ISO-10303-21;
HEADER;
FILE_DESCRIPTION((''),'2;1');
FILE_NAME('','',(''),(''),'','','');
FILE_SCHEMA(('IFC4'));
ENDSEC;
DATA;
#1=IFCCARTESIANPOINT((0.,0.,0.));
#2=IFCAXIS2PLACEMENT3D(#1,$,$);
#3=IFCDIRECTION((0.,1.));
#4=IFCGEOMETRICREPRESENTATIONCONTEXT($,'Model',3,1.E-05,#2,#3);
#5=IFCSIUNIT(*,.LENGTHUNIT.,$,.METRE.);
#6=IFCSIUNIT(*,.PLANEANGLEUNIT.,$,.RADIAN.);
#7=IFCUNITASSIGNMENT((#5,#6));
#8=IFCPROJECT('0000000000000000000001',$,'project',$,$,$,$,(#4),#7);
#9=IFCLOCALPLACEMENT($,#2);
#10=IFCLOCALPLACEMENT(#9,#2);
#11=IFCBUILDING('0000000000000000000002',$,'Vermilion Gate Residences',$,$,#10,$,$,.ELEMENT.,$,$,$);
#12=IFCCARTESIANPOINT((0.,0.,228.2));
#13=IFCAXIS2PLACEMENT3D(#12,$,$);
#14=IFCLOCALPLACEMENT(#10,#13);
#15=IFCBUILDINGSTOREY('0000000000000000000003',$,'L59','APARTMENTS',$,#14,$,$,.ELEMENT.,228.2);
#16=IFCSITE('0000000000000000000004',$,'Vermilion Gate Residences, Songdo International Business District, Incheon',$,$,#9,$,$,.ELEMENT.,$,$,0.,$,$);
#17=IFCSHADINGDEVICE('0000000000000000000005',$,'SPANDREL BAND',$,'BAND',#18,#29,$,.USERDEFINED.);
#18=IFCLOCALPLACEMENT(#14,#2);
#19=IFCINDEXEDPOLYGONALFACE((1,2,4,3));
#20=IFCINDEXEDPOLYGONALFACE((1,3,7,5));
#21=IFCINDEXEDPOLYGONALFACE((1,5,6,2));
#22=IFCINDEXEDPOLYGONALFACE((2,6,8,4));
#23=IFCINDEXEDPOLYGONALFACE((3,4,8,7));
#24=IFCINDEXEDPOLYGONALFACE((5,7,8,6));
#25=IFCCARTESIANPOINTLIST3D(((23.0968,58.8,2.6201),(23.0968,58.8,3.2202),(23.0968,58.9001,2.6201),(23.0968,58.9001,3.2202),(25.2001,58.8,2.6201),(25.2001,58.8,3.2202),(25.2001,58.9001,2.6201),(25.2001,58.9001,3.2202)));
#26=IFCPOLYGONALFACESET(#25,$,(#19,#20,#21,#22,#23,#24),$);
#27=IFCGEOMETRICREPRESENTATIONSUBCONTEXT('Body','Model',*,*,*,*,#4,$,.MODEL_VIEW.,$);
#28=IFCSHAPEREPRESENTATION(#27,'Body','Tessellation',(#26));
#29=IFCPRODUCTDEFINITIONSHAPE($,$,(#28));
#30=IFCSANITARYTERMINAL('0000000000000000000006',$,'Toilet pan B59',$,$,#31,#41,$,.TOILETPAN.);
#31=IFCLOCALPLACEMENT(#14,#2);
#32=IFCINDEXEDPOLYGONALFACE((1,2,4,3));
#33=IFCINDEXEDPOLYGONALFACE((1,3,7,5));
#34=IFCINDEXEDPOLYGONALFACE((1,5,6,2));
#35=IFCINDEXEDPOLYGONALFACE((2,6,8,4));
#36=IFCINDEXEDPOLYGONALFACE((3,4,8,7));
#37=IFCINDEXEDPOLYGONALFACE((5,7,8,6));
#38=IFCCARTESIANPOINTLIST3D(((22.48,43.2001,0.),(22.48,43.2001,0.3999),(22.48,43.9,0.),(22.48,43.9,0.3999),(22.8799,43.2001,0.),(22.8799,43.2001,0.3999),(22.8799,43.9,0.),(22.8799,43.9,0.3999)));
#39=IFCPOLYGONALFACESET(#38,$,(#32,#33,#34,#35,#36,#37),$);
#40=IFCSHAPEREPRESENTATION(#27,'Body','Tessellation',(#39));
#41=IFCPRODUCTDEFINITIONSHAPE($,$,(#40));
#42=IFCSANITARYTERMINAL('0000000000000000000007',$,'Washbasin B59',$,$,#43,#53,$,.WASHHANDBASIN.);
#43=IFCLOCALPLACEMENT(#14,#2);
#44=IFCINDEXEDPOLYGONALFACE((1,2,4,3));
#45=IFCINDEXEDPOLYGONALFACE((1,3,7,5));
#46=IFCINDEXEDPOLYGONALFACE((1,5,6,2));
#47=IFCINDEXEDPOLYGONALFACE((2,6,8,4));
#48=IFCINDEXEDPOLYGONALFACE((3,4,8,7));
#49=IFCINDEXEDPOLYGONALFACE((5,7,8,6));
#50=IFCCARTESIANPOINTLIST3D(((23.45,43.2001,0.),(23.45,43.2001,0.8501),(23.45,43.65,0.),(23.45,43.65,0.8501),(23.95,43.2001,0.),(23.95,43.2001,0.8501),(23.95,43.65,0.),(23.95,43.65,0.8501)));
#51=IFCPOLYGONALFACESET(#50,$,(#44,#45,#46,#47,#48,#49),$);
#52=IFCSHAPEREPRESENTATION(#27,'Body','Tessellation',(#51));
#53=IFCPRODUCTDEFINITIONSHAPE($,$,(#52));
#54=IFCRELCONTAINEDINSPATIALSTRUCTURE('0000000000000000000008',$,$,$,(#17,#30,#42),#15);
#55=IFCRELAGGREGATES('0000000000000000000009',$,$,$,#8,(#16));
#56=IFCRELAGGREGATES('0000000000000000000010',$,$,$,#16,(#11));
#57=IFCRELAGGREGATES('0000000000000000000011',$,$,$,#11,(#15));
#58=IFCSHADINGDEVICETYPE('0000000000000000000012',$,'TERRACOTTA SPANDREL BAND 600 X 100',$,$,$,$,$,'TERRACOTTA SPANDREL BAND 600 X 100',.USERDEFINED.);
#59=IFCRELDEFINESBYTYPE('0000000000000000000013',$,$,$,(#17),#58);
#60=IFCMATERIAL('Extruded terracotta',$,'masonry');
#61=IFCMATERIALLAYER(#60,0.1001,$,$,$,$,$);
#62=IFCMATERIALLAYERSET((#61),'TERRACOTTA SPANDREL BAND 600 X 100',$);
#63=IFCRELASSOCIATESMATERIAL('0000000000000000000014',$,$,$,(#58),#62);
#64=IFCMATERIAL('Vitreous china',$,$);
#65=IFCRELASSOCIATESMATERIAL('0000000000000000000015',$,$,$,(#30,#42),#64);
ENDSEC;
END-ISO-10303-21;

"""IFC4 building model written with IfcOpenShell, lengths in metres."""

from ifc_helpers import new_model, si_unit, direction, frame, origin, origin_2d, place, context, subcontext, project, spatial, rectangle, extrude, material, layer, layer_set, type_object, element, save


model = new_model("IFC4")

# Units and contexts
model_context = context("Model", 3, precision=1e-05, world=origin(), true_north=direction((0.0, 1.0)))
body_context = subcontext(model_context, "Body", "Model", "MODEL_VIEW")
ifc_project = project(units=[si_unit("LENGTHUNIT", "METRE"), si_unit("PLANEANGLEUNIT", "RADIAN")], contexts=[model_context])

# Site, building, storey
site_placement = place(None, origin())
site = spatial("IfcSite", under=ifc_project, at=site_placement, Name="Vermilion Gate Residences, Songdo International Business District, Incheon", CompositionType="ELEMENT", RefElevation=0.0)
building_placement = place(site_placement, origin())
building = spatial("IfcBuilding", under=site, at=building_placement, Name="Vermilion Gate Residences", CompositionType="ELEMENT")
storey_placement = place(building_placement, frame((0.0, 0.0, 228.2)))
storey = spatial("IfcBuildingStorey", under=building, at=storey_placement, Name="L59", Description="APARTMENTS", CompositionType="ELEMENT", Elevation=228.2)

# Shading device
ifc_material_1 = material(Name="Extruded terracotta", Category="masonry")
ifc_layer_1 = layer(ifc_material_1, 0.1001)
ifc_layer_set_1 = layer_set([ifc_layer_1], Name="TERRACOTTA SPANDREL BAND 600 X 100")
shading_device_type = type_object("IfcShadingDeviceType", Name="TERRACOTTA SPANDREL BAND 600 X 100", ElementType="TERRACOTTA SPANDREL BAND 600 X 100", PredefinedType="USERDEFINED", material=ifc_layer_set_1)
shading_device_1_placement = place(storey_placement, frame((24.1484, 58.8501, 2.6201), z_axis=(0.0, 0.0, 1.0), x_axis=(1.0, 0.0, 0.0)))
element("IfcShadingDevice", 1, at=shading_device_1_placement, inside=storey, type_object=shading_device_type, Name="SPANDREL BAND", ObjectType="BAND", PredefinedType="USERDEFINED", context=body_context, shape_type="SweptSolid", body=[
    extrude(rectangle(XDim=2.1033, YDim=0.1001, at=origin_2d()), origin(), (0.0, 0.0, 1.0), 0.6001),
])

# Sanitary terminals
ifc_material_2 = material(Name="Vitreous china")
sanitary_terminal_1_placement = place(storey_placement, frame((22.6799, 43.55, 0.0), z_axis=(0.0, 0.0, 1.0), x_axis=(1.0, 0.0, 0.0)))
element("IfcSanitaryTerminal", 2, at=sanitary_terminal_1_placement, inside=storey, material=ifc_material_2, Name="Toilet pan B59", PredefinedType="TOILETPAN", context=body_context, shape_type="SweptSolid", body=[
    extrude(rectangle(XDim=0.3999, YDim=0.7, at=origin_2d()), origin(), (0.0, 0.0, 1.0), 0.3999),
])
sanitary_terminal_2_placement = place(storey_placement, frame((23.7, 43.425, 0.0), z_axis=(0.0, 0.0, 1.0), x_axis=(1.0, 0.0, 0.0)))
element("IfcSanitaryTerminal", 3, at=sanitary_terminal_2_placement, inside=storey, material=ifc_material_2, Name="Washbasin B59", PredefinedType="WASHHANDBASIN", context=body_context, shape_type="SweptSolid", body=[
    extrude(rectangle(XDim=0.5, YDim=0.45, at=origin_2d()), origin(), (0.0, 0.0, 1.0), 0.8501),
])

save(model, "model.ifc")
